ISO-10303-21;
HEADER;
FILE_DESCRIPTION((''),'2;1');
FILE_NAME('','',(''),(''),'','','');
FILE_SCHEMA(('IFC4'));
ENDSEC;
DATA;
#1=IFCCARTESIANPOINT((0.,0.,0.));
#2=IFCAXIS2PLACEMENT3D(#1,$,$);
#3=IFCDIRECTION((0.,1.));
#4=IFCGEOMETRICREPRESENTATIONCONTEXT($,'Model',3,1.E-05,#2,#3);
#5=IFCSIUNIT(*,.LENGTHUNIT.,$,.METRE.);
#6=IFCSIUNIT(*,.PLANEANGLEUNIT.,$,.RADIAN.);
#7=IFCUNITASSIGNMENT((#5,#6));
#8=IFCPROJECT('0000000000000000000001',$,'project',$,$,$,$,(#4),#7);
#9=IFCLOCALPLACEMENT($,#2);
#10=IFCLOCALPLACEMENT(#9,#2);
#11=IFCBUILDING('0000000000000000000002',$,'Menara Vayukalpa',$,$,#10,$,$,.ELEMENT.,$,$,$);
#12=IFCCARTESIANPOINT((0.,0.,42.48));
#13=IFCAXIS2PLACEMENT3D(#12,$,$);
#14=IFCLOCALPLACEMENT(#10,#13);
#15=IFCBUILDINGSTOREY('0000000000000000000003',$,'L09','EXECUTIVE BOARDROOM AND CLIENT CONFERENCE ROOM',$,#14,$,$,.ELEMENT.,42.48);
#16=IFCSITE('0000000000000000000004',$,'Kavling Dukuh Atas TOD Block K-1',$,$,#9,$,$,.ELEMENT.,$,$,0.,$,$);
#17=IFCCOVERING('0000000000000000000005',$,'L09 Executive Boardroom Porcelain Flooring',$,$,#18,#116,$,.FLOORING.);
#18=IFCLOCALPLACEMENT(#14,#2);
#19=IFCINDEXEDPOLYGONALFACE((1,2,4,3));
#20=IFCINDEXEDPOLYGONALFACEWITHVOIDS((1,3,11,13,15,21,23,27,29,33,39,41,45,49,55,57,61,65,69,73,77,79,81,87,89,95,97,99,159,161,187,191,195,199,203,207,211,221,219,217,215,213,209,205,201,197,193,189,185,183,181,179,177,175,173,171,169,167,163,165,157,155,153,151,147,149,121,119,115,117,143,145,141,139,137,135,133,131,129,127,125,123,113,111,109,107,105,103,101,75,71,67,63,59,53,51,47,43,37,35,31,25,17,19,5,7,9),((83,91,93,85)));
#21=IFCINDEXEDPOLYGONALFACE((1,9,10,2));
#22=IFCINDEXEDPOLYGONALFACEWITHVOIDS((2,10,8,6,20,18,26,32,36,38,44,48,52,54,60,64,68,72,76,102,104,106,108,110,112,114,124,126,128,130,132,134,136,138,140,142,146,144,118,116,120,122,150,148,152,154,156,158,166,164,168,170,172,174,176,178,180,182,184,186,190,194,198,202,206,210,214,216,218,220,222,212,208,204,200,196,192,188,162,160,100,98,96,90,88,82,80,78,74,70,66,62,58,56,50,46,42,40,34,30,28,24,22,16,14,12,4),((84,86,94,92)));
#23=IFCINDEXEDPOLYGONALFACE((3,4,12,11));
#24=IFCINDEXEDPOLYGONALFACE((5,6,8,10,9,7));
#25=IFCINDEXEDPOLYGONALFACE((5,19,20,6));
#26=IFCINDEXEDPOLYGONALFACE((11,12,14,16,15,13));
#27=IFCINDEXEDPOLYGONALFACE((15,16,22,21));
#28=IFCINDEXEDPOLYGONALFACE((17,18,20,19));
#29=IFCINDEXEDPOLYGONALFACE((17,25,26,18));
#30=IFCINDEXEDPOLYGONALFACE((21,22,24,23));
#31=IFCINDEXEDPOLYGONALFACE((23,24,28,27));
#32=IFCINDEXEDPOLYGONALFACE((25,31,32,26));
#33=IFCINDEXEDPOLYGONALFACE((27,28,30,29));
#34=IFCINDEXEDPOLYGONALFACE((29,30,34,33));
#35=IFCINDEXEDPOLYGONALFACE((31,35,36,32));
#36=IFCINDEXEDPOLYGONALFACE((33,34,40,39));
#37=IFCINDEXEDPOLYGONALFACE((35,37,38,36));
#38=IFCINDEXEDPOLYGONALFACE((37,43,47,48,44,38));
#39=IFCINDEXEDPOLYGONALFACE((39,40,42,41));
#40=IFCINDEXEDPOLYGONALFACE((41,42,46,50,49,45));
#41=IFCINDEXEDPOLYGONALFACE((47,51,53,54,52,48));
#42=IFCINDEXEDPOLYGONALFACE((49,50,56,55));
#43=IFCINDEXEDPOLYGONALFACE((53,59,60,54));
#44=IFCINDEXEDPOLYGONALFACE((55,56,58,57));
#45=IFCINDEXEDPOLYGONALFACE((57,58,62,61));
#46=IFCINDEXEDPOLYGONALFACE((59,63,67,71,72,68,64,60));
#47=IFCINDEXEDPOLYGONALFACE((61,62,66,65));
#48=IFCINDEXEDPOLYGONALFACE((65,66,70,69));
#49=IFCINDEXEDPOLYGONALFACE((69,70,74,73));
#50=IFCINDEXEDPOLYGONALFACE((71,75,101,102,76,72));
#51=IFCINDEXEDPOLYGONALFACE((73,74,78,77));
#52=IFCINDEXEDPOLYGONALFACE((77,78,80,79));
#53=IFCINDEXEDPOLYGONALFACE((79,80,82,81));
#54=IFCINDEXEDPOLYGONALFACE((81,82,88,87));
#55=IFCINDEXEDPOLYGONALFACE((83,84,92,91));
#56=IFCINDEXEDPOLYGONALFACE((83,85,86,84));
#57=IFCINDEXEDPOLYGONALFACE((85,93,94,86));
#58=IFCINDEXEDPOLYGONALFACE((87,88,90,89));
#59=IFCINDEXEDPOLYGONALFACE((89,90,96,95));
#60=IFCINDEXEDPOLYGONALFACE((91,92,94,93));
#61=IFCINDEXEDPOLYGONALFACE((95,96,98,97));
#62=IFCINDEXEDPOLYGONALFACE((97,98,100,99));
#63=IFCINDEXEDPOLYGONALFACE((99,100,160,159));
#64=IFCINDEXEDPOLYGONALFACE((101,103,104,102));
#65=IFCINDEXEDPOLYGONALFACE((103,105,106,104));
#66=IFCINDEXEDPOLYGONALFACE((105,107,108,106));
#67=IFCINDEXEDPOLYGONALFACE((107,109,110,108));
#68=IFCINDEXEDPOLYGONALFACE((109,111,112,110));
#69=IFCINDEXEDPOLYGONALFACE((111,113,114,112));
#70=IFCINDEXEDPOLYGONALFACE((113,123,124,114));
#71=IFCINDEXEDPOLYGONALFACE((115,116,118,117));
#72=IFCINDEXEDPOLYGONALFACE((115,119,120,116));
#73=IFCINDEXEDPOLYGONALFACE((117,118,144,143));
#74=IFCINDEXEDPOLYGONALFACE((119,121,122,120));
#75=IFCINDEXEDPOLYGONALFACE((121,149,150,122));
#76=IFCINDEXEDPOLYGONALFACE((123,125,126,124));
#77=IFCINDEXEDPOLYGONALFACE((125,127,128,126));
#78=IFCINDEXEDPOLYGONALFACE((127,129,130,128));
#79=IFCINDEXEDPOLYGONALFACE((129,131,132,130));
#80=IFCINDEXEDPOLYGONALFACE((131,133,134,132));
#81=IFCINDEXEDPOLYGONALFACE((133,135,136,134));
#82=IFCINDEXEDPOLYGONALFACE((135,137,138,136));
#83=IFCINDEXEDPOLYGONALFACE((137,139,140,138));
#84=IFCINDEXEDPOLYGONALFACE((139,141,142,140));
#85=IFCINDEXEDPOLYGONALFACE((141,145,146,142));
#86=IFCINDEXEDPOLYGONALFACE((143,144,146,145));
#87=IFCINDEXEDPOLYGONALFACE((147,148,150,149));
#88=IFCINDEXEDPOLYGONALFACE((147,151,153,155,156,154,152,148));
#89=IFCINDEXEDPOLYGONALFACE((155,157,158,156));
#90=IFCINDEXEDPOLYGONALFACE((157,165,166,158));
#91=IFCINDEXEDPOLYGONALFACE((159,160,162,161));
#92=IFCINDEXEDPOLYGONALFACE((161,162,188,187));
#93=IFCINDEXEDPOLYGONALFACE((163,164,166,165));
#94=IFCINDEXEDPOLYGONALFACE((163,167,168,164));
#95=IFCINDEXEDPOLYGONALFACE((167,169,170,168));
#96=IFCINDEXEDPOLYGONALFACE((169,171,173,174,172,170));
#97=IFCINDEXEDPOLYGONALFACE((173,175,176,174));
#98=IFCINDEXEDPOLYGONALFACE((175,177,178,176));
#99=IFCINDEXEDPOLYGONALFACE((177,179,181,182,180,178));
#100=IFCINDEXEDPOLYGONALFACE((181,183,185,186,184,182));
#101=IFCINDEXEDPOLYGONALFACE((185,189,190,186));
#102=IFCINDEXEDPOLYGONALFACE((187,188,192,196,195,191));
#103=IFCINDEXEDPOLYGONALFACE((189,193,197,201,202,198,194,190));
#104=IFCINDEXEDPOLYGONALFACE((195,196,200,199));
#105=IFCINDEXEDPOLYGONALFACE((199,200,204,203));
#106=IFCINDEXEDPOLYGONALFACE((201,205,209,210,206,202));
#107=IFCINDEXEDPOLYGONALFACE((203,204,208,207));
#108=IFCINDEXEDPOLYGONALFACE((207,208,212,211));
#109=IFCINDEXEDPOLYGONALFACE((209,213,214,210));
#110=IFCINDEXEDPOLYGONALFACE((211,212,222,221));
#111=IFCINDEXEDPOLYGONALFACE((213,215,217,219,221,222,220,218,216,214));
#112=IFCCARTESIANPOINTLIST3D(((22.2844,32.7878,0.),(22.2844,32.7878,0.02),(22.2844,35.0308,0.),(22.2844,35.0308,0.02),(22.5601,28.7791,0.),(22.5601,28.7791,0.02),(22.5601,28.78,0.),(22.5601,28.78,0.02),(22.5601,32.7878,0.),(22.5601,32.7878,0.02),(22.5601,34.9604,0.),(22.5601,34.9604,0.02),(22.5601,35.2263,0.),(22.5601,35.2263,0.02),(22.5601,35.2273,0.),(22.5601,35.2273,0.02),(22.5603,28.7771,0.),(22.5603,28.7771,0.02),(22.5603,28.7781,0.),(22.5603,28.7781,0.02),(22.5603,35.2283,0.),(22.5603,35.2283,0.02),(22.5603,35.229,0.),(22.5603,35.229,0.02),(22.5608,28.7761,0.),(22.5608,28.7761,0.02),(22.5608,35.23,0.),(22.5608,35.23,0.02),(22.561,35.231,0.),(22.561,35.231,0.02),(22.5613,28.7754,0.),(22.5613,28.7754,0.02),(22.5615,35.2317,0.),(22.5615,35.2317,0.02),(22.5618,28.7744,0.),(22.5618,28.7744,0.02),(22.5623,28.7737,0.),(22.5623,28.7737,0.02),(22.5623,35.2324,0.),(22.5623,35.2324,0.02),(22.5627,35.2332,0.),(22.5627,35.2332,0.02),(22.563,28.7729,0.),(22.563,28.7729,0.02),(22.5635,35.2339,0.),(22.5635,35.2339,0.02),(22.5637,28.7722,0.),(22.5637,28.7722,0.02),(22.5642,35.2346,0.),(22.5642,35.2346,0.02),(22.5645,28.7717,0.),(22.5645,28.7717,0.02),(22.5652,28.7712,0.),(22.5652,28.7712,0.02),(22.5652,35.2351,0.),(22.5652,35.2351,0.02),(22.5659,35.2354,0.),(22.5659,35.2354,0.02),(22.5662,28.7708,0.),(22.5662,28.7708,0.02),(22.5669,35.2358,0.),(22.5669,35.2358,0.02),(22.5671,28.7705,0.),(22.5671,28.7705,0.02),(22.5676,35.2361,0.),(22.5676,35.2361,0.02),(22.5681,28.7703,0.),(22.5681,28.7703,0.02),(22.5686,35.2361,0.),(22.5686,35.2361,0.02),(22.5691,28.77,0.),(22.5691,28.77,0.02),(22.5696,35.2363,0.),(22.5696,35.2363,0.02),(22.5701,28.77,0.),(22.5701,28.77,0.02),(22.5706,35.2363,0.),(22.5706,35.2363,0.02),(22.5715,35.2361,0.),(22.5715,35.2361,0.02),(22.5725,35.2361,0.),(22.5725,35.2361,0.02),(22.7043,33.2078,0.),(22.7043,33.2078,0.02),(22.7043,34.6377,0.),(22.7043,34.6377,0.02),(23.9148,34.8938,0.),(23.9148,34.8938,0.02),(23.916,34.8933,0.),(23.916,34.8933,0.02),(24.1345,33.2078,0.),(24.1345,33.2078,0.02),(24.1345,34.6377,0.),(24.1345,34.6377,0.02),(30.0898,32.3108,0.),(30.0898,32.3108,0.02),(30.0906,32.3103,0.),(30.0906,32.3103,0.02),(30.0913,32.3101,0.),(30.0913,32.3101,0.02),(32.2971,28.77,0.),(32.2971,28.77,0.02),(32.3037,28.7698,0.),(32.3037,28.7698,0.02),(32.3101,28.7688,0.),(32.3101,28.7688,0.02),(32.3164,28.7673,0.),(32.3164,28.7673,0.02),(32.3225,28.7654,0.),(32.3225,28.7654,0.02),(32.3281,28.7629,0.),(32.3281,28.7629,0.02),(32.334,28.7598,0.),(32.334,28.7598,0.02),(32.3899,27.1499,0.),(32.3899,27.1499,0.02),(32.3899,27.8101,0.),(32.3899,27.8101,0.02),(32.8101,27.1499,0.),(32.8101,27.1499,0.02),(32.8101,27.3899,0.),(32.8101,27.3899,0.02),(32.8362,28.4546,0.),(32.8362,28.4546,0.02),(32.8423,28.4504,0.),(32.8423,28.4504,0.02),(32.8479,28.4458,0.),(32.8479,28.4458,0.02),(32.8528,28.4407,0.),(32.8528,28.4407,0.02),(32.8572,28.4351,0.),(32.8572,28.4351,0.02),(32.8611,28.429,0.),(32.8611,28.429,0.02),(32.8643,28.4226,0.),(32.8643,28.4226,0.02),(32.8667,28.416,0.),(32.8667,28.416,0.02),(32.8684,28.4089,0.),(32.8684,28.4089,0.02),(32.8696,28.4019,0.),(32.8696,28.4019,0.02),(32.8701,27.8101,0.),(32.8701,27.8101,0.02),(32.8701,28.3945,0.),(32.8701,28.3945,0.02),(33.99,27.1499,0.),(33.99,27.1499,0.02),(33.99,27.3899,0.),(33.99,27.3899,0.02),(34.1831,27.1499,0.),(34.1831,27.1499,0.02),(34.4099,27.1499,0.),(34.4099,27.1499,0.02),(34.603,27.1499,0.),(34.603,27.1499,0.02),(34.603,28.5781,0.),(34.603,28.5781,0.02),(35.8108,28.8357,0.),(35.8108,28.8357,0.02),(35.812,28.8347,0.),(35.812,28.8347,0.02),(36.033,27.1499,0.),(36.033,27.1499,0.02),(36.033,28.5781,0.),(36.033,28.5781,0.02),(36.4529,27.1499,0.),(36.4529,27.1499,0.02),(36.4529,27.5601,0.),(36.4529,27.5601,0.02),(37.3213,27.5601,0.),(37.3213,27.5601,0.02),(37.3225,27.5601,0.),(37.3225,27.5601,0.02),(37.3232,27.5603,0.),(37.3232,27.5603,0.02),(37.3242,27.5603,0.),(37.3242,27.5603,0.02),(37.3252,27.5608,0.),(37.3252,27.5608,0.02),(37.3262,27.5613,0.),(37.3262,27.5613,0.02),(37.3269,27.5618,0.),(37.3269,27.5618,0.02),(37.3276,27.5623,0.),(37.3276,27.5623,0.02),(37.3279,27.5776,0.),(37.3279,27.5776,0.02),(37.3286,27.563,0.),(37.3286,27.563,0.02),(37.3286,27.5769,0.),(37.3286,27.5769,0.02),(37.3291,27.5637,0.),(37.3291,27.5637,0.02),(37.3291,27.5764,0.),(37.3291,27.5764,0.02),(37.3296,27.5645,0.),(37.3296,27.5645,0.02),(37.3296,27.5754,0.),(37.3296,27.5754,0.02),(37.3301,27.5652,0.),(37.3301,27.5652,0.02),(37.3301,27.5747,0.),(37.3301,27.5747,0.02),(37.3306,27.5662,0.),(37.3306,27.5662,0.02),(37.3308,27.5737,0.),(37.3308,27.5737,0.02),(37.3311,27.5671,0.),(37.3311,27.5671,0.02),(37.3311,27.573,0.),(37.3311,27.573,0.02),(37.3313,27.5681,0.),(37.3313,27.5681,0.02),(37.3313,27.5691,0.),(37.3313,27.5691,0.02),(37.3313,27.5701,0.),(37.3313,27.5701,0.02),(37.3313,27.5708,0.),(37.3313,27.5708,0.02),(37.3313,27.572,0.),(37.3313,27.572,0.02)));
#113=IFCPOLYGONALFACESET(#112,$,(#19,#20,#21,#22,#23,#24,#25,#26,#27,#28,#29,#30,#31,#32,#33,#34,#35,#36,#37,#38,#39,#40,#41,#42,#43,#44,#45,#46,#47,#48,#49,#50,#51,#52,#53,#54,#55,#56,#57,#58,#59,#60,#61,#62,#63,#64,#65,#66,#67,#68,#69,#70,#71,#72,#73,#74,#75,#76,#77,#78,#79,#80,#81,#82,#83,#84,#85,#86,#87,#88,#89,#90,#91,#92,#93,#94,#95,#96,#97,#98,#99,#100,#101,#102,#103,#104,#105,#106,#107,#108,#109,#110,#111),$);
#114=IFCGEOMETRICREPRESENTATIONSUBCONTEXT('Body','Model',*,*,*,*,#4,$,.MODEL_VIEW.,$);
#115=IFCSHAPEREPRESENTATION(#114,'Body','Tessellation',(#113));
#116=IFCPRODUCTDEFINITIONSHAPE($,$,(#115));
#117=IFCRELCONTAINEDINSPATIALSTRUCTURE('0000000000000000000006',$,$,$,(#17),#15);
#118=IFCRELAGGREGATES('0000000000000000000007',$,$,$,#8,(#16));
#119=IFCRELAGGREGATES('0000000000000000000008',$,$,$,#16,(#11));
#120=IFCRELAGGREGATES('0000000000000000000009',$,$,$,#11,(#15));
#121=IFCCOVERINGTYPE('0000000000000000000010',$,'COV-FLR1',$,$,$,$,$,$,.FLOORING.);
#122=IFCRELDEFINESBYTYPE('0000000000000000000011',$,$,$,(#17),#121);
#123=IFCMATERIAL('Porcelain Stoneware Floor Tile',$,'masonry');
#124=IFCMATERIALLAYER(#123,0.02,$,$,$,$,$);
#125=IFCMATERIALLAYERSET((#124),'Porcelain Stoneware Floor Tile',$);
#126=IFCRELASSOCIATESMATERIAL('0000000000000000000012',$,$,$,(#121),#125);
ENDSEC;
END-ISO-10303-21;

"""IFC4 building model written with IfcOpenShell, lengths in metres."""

from ifc_helpers import new_model, si_unit, direction, frame, origin, place, context, subcontext, project, spatial, polyline, outline, extrude, material, layer, layer_set, type_object, element, save


model = new_model("IFC4")

# Units and contexts
model_context = context("Model", 3, precision=1e-05, world=origin(), true_north=direction((0.0, 1.0)))
body_context = subcontext(model_context, "Body", "Model", "MODEL_VIEW")
ifc_project = project(units=[si_unit("LENGTHUNIT", "METRE"), si_unit("PLANEANGLEUNIT", "RADIAN")], contexts=[model_context])

# Site, building, storey
site_placement = place(None, origin())
site = spatial("IfcSite", under=ifc_project, at=site_placement, Name="Kavling Dukuh Atas TOD Block K-1", CompositionType="ELEMENT", RefElevation=0.0)
building_placement = place(site_placement, origin())
building = spatial("IfcBuilding", under=site, at=building_placement, Name="Menara Vayukalpa", CompositionType="ELEMENT")
storey_placement = place(building_placement, frame((0.0, 0.0, 42.48)))
storey = spatial("IfcBuildingStorey", under=building, at=storey_placement, Name="L09", Description="EXECUTIVE BOARDROOM AND CLIENT CONFERENCE ROOM", CompositionType="ELEMENT", Elevation=42.48)

# Covering
ifc_material_1 = material(Name="Porcelain Stoneware Floor Tile", Category="masonry")
ifc_layer_1 = layer(ifc_material_1, 0.02)
ifc_layer_set_1 = layer_set([ifc_layer_1], Name="Porcelain Stoneware Floor Tile")
covering_type_1 = type_object("IfcCoveringType", Name="COV-FLR1", PredefinedType="FLOORING", material=ifc_layer_set_1)
covering_1_placement = place(storey_placement, origin())
element("IfcCovering", 1, at=covering_1_placement, inside=storey, type_object=covering_type_1, Name="L09 Executive Boardroom Porcelain Flooring", PredefinedType="FLOORING", context=body_context, shape_type="SweptSolid", body=[
    extrude(outline(polyline([(36.033, 27.1499), (36.033, 28.5781), (34.603, 28.5781), (34.603, 27.1499), (34.4099, 27.1499), (34.1831, 27.1499), (33.99, 27.1499), (33.99, 27.3899), (32.8101, 27.3899), (32.8101, 27.1499), (32.3899, 27.1499), (32.3899, 27.8101), (32.8701, 27.8101), (32.8701, 28.3945), (32.8696, 28.4019), (32.8684, 28.4089), (32.8667, 28.416), (32.8643, 28.4226), (32.8611, 28.429), (32.8572, 28.4351), (32.8528, 28.4407), (32.8479, 28.4458), (32.8423, 28.4504), (32.8362, 28.4546), (32.334, 28.7598), (32.3281, 28.7629), (32.3225, 28.7654), (32.3164, 28.7673), (32.3101, 28.7688), (32.3037, 28.7698), (32.2971, 28.77), (22.5701, 28.77), (22.5691, 28.77), (22.5681, 28.7703), (22.5671, 28.7705), (22.5662, 28.7708), (22.5652, 28.7712), (22.5645, 28.7717), (22.5637, 28.7722), (22.563, 28.7729), (22.5623, 28.7737), (22.5618, 28.7744), (22.5613, 28.7754), (22.5608, 28.7761), (22.5603, 28.7771), (22.5603, 28.7781), (22.5601, 28.7791), (22.5601, 28.78), (22.5601, 32.7878), (22.2844, 32.7878), (22.2844, 35.0308), (22.5601, 34.9604), (22.5601, 35.2263), (22.5601, 35.2273), (22.5603, 35.2283), (22.5603, 35.229), (22.5608, 35.23), (22.561, 35.231), (22.5615, 35.2317), (22.5623, 35.2324), (22.5627, 35.2332), (22.5635, 35.2339), (22.5642, 35.2346), (22.5652, 35.2351), (22.5659, 35.2354), (22.5669, 35.2358), (22.5676, 35.2361), (22.5686, 35.2361), (22.5696, 35.2363), (22.5706, 35.2363), (22.5715, 35.2361), (22.5725, 35.2361), (23.9148, 34.8938), (23.916, 34.8933), (30.0898, 32.3108), (30.0906, 32.3103), (30.0913, 32.3101), (35.8108, 28.8357), (35.812, 28.8347), (37.3279, 27.5776), (37.3286, 27.5769), (37.3291, 27.5764), (37.3296, 27.5754), (37.3301, 27.5747), (37.3308, 27.5737), (37.3311, 27.573), (37.3313, 27.572), (37.3313, 27.5708), (37.3313, 27.5701), (37.3313, 27.5691), (37.3313, 27.5681), (37.3311, 27.5671), (37.3306, 27.5662), (37.3301, 27.5652), (37.3296, 27.5645), (37.3291, 27.5637), (37.3286, 27.563), (37.3276, 27.5623), (37.3269, 27.5618), (37.3262, 27.5613), (37.3252, 27.5608), (37.3242, 27.5603), (37.3232, 27.5603), (37.3225, 27.5601), (37.3213, 27.5601), (36.4529, 27.5601), (36.4529, 27.1499), (36.033, 27.1499)]), holes=[polyline([(24.1345, 33.2078), (24.1345, 34.6377), (22.7043, 34.6377), (22.7043, 33.2078), (24.1345, 33.2078)])]), origin(), (0.0, 0.0, 1.0), 0.02),
])

save(model, "model.ifc")
